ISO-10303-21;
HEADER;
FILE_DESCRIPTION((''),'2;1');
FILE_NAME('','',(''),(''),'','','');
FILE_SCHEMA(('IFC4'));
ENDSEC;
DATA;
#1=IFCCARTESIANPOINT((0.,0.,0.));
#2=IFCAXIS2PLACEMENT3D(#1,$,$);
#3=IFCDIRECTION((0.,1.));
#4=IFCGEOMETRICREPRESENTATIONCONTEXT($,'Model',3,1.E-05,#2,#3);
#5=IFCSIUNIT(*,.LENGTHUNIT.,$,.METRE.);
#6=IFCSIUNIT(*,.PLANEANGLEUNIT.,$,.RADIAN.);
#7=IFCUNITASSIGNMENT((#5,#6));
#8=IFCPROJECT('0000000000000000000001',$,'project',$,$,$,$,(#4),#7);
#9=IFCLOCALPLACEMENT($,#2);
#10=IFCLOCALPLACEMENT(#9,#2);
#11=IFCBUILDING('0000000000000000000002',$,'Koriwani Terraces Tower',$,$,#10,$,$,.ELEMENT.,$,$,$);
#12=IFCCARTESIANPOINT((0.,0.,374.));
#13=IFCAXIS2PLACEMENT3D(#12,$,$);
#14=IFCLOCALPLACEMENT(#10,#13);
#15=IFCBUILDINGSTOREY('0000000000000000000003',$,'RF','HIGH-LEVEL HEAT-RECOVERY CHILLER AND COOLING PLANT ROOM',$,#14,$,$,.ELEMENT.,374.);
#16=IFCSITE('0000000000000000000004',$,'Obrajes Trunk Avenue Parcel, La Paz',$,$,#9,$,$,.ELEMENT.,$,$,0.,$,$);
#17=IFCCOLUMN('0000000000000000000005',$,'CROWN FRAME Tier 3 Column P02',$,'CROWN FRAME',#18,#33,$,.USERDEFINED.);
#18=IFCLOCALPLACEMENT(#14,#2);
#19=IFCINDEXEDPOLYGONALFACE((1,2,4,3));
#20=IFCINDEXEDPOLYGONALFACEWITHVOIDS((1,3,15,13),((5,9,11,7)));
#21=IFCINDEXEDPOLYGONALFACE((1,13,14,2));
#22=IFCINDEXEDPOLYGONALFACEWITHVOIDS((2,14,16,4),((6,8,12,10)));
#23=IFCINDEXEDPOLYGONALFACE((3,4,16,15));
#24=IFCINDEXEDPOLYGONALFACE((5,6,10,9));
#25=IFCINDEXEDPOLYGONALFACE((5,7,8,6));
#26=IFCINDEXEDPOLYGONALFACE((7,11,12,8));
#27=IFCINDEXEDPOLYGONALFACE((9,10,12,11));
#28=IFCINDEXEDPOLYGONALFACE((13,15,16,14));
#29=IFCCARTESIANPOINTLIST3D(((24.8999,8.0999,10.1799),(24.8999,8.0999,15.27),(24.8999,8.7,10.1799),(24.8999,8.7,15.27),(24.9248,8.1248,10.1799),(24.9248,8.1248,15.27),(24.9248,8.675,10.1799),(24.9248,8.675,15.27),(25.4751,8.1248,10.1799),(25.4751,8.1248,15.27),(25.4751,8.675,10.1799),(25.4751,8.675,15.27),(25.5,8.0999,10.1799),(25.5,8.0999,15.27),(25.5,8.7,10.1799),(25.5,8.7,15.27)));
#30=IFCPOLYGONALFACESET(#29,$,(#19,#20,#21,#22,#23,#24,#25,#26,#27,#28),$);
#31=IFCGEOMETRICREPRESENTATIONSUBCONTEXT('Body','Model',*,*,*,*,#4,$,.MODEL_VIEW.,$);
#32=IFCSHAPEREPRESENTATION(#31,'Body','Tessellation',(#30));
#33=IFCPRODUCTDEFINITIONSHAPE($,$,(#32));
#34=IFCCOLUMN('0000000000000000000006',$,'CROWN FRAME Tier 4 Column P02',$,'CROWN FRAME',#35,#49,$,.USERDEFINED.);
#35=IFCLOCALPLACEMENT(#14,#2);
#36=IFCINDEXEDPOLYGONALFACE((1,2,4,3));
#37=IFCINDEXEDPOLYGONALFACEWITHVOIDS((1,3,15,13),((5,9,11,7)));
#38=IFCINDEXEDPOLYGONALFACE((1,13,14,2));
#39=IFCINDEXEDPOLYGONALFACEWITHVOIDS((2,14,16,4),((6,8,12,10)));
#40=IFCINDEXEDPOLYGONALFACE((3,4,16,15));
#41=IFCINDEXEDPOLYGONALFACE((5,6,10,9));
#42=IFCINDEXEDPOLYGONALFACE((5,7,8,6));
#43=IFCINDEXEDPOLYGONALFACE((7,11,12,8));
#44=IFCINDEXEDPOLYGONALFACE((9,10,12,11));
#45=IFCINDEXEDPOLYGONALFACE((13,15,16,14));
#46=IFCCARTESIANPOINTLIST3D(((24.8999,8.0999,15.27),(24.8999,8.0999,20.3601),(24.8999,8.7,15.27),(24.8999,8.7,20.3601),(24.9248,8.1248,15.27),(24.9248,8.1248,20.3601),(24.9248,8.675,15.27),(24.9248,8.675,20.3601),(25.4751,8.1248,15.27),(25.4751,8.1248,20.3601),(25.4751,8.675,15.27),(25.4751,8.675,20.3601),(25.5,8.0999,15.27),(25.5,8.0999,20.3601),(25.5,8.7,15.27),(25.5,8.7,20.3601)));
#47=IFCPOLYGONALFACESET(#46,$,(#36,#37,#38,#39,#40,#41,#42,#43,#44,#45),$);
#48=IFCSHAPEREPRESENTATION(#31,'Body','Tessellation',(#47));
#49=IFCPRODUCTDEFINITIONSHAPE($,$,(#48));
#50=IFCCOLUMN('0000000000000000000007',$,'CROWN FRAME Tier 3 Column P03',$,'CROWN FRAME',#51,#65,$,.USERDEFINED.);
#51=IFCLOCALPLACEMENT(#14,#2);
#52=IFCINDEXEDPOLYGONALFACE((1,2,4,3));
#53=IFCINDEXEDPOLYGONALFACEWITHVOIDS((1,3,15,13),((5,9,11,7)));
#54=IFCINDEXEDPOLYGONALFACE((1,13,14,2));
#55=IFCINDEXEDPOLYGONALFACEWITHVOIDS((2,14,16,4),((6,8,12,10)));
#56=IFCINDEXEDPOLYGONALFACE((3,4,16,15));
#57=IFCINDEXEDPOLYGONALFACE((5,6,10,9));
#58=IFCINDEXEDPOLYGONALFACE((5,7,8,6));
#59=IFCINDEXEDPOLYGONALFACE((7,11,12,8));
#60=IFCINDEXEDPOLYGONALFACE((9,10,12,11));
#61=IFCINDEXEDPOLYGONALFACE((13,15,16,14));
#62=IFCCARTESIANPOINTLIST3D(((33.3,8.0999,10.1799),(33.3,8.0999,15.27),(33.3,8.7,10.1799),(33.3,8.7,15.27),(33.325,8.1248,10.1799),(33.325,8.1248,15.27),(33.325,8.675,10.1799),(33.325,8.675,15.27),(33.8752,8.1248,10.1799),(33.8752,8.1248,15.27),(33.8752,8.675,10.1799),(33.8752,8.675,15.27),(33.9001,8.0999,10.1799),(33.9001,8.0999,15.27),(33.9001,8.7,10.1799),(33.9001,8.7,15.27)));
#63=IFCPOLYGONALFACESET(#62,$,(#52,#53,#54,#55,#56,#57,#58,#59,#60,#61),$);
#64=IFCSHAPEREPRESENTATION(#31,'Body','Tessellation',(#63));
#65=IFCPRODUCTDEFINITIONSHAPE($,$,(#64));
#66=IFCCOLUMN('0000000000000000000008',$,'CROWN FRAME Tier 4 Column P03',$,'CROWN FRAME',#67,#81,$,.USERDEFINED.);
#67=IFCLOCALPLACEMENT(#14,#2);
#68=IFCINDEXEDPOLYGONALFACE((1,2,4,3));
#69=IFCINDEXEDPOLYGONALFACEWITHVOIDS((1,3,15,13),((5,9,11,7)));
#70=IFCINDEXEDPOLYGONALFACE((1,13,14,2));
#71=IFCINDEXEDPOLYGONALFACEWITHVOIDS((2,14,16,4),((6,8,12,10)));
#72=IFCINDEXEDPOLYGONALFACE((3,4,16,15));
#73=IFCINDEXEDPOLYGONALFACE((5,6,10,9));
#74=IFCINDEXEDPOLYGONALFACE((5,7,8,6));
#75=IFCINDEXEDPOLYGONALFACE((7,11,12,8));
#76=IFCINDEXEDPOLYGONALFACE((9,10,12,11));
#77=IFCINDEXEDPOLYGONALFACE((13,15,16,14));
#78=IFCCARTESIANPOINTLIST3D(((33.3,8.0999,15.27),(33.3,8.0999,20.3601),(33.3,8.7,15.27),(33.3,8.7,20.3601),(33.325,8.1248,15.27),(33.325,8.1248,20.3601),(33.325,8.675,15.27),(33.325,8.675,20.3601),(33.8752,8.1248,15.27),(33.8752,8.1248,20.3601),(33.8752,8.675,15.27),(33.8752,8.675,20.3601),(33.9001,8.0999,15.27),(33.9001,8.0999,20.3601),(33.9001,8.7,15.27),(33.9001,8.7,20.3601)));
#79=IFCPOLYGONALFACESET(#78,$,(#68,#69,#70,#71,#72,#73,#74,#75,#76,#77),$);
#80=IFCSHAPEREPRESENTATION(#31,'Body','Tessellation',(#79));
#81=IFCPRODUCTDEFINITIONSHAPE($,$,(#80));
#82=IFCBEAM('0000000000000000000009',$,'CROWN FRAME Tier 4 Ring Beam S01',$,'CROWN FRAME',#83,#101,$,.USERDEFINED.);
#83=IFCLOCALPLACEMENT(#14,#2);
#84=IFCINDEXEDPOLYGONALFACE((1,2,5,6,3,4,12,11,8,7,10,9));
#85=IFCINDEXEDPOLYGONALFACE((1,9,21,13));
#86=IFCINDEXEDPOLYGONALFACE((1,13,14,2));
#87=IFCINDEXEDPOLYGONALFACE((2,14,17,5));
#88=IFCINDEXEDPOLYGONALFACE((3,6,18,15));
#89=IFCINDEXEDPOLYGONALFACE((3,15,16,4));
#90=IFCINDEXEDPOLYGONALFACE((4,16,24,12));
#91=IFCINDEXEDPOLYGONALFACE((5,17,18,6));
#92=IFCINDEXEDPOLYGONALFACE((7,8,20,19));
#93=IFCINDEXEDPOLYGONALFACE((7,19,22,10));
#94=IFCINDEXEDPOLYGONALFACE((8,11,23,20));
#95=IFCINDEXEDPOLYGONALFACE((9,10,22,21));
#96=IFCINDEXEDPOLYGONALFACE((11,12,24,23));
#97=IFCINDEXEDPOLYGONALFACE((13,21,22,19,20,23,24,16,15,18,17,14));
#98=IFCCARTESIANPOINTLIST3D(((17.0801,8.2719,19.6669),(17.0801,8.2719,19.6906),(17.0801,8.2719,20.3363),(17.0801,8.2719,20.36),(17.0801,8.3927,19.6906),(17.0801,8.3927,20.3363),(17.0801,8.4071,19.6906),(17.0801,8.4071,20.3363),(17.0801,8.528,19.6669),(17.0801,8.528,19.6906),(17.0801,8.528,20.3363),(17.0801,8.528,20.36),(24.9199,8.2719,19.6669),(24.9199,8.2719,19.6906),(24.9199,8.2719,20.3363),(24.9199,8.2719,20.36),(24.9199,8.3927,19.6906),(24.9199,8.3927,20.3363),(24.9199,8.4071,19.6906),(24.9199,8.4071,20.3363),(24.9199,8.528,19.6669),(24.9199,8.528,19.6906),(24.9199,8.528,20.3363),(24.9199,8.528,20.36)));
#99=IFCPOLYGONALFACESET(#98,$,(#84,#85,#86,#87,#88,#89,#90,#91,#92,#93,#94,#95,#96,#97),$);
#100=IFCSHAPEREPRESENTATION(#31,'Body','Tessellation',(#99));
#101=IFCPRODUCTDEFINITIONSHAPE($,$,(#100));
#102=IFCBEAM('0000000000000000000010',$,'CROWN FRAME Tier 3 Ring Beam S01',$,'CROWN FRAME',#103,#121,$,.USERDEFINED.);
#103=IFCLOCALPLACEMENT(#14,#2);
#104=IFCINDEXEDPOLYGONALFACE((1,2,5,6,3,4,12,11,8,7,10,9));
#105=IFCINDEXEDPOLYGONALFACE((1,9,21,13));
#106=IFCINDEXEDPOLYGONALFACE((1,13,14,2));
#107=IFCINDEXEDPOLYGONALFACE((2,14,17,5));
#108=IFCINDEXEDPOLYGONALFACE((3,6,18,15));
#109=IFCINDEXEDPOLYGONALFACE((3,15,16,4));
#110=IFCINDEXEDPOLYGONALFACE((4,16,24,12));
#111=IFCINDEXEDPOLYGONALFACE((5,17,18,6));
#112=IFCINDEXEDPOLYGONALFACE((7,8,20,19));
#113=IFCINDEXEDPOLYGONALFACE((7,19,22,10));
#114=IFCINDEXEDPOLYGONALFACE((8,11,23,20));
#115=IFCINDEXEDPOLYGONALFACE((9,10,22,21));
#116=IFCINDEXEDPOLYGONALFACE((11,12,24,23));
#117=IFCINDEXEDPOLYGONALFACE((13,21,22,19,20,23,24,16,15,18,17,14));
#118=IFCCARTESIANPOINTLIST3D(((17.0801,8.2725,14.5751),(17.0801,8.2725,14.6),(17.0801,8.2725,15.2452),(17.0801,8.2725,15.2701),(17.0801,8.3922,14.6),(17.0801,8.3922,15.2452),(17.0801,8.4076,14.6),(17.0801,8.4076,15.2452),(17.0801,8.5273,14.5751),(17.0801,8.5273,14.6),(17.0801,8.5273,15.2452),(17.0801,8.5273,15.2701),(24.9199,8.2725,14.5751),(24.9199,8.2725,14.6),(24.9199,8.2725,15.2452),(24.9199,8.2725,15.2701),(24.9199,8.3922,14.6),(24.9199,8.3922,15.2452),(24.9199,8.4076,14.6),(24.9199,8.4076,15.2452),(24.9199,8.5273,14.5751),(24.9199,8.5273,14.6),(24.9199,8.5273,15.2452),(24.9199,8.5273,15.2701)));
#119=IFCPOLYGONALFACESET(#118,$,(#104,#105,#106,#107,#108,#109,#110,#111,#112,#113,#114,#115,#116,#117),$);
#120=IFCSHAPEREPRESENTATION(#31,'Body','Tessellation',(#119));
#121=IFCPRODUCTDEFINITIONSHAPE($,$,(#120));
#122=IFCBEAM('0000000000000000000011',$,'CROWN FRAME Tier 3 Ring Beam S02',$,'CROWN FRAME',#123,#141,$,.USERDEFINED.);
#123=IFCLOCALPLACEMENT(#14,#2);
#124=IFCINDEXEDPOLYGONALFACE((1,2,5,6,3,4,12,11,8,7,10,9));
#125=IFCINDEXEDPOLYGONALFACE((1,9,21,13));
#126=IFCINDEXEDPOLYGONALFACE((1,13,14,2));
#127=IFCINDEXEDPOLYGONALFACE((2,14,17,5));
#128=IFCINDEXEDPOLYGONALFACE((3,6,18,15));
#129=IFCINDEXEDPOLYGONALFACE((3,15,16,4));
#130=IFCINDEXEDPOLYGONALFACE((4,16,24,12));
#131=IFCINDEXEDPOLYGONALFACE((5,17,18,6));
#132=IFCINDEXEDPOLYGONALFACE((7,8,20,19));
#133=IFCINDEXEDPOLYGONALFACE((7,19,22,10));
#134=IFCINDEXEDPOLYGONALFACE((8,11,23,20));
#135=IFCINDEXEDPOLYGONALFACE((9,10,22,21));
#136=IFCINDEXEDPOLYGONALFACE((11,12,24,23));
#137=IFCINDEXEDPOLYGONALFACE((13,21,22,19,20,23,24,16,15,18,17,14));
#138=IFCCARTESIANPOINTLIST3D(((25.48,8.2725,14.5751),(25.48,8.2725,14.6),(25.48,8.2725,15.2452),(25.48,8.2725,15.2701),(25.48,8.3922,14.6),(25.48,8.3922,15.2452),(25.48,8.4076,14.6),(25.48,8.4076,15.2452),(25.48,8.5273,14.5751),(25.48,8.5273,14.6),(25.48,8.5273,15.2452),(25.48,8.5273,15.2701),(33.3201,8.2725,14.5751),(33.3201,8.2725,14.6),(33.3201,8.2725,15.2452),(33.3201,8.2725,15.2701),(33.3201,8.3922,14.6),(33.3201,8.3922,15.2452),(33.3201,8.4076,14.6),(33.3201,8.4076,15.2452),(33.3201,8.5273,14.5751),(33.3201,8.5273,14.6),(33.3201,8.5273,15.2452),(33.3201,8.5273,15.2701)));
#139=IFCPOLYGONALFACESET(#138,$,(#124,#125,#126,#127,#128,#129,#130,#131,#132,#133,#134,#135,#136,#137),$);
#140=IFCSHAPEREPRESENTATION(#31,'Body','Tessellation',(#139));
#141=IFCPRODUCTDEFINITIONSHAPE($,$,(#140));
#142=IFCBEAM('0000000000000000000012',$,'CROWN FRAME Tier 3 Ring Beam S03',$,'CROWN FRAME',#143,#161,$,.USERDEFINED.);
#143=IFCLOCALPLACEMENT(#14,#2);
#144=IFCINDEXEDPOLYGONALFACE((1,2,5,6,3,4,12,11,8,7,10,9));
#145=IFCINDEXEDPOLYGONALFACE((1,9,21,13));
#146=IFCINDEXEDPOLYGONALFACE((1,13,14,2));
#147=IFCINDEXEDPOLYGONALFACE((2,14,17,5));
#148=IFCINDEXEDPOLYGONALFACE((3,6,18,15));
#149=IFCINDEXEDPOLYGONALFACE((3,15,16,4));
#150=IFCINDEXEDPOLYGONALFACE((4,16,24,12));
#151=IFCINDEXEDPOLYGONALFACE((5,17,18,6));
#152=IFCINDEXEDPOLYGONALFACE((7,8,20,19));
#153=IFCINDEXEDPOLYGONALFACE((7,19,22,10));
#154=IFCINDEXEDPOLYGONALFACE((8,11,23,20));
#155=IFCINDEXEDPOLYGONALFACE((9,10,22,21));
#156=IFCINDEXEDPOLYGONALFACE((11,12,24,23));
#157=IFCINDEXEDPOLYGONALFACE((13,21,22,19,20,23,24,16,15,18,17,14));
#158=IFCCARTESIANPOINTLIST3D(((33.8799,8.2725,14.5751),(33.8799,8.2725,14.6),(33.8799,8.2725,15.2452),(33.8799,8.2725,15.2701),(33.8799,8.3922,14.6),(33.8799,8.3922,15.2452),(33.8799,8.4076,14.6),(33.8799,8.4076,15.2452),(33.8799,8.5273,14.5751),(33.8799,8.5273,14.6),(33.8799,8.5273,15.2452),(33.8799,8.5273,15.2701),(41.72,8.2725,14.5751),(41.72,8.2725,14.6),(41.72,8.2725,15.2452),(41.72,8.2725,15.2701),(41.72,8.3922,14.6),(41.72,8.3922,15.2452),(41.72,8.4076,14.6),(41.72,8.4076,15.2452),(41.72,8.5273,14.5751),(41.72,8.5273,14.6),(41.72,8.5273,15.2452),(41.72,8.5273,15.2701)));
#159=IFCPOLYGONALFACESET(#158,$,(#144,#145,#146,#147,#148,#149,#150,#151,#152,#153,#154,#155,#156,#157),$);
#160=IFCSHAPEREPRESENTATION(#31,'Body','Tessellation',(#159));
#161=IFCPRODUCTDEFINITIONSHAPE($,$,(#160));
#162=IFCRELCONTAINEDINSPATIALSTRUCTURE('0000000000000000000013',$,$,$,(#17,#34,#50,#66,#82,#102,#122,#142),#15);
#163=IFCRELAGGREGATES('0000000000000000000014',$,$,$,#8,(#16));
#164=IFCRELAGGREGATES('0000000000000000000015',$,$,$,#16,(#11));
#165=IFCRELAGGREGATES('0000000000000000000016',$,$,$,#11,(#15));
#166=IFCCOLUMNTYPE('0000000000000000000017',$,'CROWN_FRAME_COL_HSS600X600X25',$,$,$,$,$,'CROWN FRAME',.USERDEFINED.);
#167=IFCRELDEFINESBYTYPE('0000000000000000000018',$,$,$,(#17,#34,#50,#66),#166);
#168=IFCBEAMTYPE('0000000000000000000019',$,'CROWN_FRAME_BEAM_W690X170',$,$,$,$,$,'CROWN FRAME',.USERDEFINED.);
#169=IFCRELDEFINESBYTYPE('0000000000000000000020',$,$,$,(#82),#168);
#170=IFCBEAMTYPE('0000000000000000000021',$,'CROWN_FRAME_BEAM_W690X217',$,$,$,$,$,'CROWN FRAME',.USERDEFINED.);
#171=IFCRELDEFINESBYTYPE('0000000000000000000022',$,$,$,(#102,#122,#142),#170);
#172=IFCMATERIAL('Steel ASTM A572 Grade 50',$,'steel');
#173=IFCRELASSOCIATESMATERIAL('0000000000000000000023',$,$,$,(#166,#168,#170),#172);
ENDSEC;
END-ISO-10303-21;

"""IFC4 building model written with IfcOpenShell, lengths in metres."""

from ifc_helpers import new_model, si_unit, direction, frame, origin, origin_2d, place, context, subcontext, project, spatial, hollow_rectangle, i_section, extrude, material, material_profile, profile_set, type_object, element, save


model = new_model("IFC4")

# Units and contexts
model_context = context("Model", 3, precision=1e-05, world=origin(), true_north=direction((0.0, 1.0)))
body_context = subcontext(model_context, "Body", "Model", "MODEL_VIEW")
ifc_project = project(units=[si_unit("LENGTHUNIT", "METRE"), si_unit("PLANEANGLEUNIT", "RADIAN")], contexts=[model_context])

# Site, building, storey
site_placement = place(None, origin())
site = spatial("IfcSite", under=ifc_project, at=site_placement, Name="Obrajes Trunk Avenue Parcel, La Paz", CompositionType="ELEMENT", RefElevation=0.0)
building_placement = place(site_placement, origin())
building = spatial("IfcBuilding", under=site, at=building_placement, Name="Koriwani Terraces Tower", CompositionType="ELEMENT")
storey_placement = place(building_placement, frame((0.0, 0.0, 374.0)))
storey = spatial("IfcBuildingStorey", under=building, at=storey_placement, Name="RF", Description="HIGH-LEVEL HEAT-RECOVERY CHILLER AND COOLING PLANT ROOM", CompositionType="ELEMENT", Elevation=374.0)

# Columns
ifc_material_1 = material(Name="Steel ASTM A572 Grade 50", Category="steel")
ifc_material_profile_1 = material_profile(ifc_material_1, hollow_rectangle(XDim=0.6001, YDim=0.6001, WallThickness=0.0249, at=origin_2d()), Name="Steel ASTM A572 Grade 50", Category="LoadBearing")
ifc_profile_set_1 = profile_set([ifc_material_profile_1], Name="Steel ASTM A572 Grade 50")
column_type = type_object("IfcColumnType", Name="CROWN_FRAME_COL_HSS600X600X25", ElementType="CROWN FRAME", PredefinedType="USERDEFINED", material=ifc_profile_set_1)
for number, where, z_axis, x_axis, name in (
    (1, (25.2, 8.3999, 10.1799), (0.0, 0.0, 1.0), (1.0, 0.0, 0.0), "CROWN FRAME Tier 3 Column P02"),
    (2, (25.2, 8.3999, 15.27), (0.0, 0.0, 1.0), (1.0, 0.0, 0.0), "CROWN FRAME Tier 4 Column P02"),
    (3, (33.6001, 8.3999, 10.1799), (0.0, 0.0, 1.0), (1.0, 0.0, 0.0), "CROWN FRAME Tier 3 Column P03"),
    (4, (33.6001, 8.3999, 15.27), (0.0, 0.0, 1.0), (1.0, 0.0, 0.0), "CROWN FRAME Tier 4 Column P03"),
):
    element("IfcColumn", number, at=place(storey_placement, frame(where, z_axis=z_axis, x_axis=x_axis)), inside=storey, type_object=column_type, Name=name, ObjectType="CROWN FRAME", PredefinedType="USERDEFINED", context=body_context, shape_type="SweptSolid", body=[
        extrude(hollow_rectangle(XDim=0.6001, YDim=0.6001, WallThickness=0.0249, at=origin_2d()), origin(), (0.0, 0.0, 1.0), 5.0901),
    ])

# Beams
ifc_material_profile_2 = material_profile(ifc_material_1, i_section(OverallWidth=0.2561, OverallDepth=0.6931, WebThickness=0.0144, FlangeThickness=0.0237, at=origin_2d()), Name="Steel ASTM A572 Grade 50", Category="LoadBearing")
ifc_profile_set_2 = profile_set([ifc_material_profile_2], Name="Steel ASTM A572 Grade 50")
beam_type_1 = type_object("IfcBeamType", Name="CROWN_FRAME_BEAM_W690X170", ElementType="CROWN FRAME", PredefinedType="USERDEFINED", material=ifc_profile_set_2)
beam_1_placement = place(storey_placement, frame((17.0801, 8.3999, 20.0134), z_axis=(1.0, 0.0, 0.0), x_axis=(0.0, 1.0, 0.0)))
element("IfcBeam", 5, at=beam_1_placement, inside=storey, type_object=beam_type_1, Name="CROWN FRAME Tier 4 Ring Beam S01", ObjectType="CROWN FRAME", PredefinedType="USERDEFINED", context=body_context, shape_type="SweptSolid", body=[
    extrude(i_section(OverallWidth=0.2561, OverallDepth=0.6931, WebThickness=0.0144, FlangeThickness=0.0237, at=origin_2d()), origin(), (0.0, 0.0, 1.0), 7.8398),
])
ifc_material_profile_3 = material_profile(ifc_material_1, i_section(OverallWidth=0.2549, OverallDepth=0.6951, WebThickness=0.0154, FlangeThickness=0.0249, at=origin_2d()), Name="Steel ASTM A572 Grade 50", Category="LoadBearing")
ifc_profile_set_3 = profile_set([ifc_material_profile_3], Name="Steel ASTM A572 Grade 50")
beam_type_2 = type_object("IfcBeamType", Name="CROWN_FRAME_BEAM_W690X217", ElementType="CROWN FRAME", PredefinedType="USERDEFINED", material=ifc_profile_set_3)
beam_2_placement = place(storey_placement, frame((17.0801, 8.3999, 14.9226), z_axis=(1.0, 0.0, 0.0), x_axis=(0.0, 1.0, 0.0)))
element("IfcBeam", 6, at=beam_2_placement, inside=storey, type_object=beam_type_2, Name="CROWN FRAME Tier 3 Ring Beam S01", ObjectType="CROWN FRAME", PredefinedType="USERDEFINED", context=body_context, shape_type="SweptSolid", body=[
    extrude(i_section(OverallWidth=0.2549, OverallDepth=0.6951, WebThickness=0.0154, FlangeThickness=0.0249, at=origin_2d()), origin(), (0.0, 0.0, 1.0), 7.8398),
])
for number, where, z_axis, x_axis, name in (
    (7, (25.48, 8.3999, 14.9226), (1.0, 0.0, 0.0), (0.0, 1.0, 0.0), "CROWN FRAME Tier 3 Ring Beam S02"),
    (8, (33.8799, 8.3999, 14.9226), (1.0, 0.0, 0.0), (0.0, 1.0, 0.0), "CROWN FRAME Tier 3 Ring Beam S03"),
):
    element("IfcBeam", number, at=place(storey_placement, frame(where, z_axis=z_axis, x_axis=x_axis)), inside=storey, type_object=beam_type_2, Name=name, ObjectType="CROWN FRAME", PredefinedType="USERDEFINED", context=body_context, shape_type="SweptSolid", body=[
        extrude(i_section(OverallWidth=0.2549, OverallDepth=0.6951, WebThickness=0.0154, FlangeThickness=0.0249, at=origin_2d()), origin(), (0.0, 0.0, 1.0), 7.8401),
    ])

save(model, "model.ifc")
